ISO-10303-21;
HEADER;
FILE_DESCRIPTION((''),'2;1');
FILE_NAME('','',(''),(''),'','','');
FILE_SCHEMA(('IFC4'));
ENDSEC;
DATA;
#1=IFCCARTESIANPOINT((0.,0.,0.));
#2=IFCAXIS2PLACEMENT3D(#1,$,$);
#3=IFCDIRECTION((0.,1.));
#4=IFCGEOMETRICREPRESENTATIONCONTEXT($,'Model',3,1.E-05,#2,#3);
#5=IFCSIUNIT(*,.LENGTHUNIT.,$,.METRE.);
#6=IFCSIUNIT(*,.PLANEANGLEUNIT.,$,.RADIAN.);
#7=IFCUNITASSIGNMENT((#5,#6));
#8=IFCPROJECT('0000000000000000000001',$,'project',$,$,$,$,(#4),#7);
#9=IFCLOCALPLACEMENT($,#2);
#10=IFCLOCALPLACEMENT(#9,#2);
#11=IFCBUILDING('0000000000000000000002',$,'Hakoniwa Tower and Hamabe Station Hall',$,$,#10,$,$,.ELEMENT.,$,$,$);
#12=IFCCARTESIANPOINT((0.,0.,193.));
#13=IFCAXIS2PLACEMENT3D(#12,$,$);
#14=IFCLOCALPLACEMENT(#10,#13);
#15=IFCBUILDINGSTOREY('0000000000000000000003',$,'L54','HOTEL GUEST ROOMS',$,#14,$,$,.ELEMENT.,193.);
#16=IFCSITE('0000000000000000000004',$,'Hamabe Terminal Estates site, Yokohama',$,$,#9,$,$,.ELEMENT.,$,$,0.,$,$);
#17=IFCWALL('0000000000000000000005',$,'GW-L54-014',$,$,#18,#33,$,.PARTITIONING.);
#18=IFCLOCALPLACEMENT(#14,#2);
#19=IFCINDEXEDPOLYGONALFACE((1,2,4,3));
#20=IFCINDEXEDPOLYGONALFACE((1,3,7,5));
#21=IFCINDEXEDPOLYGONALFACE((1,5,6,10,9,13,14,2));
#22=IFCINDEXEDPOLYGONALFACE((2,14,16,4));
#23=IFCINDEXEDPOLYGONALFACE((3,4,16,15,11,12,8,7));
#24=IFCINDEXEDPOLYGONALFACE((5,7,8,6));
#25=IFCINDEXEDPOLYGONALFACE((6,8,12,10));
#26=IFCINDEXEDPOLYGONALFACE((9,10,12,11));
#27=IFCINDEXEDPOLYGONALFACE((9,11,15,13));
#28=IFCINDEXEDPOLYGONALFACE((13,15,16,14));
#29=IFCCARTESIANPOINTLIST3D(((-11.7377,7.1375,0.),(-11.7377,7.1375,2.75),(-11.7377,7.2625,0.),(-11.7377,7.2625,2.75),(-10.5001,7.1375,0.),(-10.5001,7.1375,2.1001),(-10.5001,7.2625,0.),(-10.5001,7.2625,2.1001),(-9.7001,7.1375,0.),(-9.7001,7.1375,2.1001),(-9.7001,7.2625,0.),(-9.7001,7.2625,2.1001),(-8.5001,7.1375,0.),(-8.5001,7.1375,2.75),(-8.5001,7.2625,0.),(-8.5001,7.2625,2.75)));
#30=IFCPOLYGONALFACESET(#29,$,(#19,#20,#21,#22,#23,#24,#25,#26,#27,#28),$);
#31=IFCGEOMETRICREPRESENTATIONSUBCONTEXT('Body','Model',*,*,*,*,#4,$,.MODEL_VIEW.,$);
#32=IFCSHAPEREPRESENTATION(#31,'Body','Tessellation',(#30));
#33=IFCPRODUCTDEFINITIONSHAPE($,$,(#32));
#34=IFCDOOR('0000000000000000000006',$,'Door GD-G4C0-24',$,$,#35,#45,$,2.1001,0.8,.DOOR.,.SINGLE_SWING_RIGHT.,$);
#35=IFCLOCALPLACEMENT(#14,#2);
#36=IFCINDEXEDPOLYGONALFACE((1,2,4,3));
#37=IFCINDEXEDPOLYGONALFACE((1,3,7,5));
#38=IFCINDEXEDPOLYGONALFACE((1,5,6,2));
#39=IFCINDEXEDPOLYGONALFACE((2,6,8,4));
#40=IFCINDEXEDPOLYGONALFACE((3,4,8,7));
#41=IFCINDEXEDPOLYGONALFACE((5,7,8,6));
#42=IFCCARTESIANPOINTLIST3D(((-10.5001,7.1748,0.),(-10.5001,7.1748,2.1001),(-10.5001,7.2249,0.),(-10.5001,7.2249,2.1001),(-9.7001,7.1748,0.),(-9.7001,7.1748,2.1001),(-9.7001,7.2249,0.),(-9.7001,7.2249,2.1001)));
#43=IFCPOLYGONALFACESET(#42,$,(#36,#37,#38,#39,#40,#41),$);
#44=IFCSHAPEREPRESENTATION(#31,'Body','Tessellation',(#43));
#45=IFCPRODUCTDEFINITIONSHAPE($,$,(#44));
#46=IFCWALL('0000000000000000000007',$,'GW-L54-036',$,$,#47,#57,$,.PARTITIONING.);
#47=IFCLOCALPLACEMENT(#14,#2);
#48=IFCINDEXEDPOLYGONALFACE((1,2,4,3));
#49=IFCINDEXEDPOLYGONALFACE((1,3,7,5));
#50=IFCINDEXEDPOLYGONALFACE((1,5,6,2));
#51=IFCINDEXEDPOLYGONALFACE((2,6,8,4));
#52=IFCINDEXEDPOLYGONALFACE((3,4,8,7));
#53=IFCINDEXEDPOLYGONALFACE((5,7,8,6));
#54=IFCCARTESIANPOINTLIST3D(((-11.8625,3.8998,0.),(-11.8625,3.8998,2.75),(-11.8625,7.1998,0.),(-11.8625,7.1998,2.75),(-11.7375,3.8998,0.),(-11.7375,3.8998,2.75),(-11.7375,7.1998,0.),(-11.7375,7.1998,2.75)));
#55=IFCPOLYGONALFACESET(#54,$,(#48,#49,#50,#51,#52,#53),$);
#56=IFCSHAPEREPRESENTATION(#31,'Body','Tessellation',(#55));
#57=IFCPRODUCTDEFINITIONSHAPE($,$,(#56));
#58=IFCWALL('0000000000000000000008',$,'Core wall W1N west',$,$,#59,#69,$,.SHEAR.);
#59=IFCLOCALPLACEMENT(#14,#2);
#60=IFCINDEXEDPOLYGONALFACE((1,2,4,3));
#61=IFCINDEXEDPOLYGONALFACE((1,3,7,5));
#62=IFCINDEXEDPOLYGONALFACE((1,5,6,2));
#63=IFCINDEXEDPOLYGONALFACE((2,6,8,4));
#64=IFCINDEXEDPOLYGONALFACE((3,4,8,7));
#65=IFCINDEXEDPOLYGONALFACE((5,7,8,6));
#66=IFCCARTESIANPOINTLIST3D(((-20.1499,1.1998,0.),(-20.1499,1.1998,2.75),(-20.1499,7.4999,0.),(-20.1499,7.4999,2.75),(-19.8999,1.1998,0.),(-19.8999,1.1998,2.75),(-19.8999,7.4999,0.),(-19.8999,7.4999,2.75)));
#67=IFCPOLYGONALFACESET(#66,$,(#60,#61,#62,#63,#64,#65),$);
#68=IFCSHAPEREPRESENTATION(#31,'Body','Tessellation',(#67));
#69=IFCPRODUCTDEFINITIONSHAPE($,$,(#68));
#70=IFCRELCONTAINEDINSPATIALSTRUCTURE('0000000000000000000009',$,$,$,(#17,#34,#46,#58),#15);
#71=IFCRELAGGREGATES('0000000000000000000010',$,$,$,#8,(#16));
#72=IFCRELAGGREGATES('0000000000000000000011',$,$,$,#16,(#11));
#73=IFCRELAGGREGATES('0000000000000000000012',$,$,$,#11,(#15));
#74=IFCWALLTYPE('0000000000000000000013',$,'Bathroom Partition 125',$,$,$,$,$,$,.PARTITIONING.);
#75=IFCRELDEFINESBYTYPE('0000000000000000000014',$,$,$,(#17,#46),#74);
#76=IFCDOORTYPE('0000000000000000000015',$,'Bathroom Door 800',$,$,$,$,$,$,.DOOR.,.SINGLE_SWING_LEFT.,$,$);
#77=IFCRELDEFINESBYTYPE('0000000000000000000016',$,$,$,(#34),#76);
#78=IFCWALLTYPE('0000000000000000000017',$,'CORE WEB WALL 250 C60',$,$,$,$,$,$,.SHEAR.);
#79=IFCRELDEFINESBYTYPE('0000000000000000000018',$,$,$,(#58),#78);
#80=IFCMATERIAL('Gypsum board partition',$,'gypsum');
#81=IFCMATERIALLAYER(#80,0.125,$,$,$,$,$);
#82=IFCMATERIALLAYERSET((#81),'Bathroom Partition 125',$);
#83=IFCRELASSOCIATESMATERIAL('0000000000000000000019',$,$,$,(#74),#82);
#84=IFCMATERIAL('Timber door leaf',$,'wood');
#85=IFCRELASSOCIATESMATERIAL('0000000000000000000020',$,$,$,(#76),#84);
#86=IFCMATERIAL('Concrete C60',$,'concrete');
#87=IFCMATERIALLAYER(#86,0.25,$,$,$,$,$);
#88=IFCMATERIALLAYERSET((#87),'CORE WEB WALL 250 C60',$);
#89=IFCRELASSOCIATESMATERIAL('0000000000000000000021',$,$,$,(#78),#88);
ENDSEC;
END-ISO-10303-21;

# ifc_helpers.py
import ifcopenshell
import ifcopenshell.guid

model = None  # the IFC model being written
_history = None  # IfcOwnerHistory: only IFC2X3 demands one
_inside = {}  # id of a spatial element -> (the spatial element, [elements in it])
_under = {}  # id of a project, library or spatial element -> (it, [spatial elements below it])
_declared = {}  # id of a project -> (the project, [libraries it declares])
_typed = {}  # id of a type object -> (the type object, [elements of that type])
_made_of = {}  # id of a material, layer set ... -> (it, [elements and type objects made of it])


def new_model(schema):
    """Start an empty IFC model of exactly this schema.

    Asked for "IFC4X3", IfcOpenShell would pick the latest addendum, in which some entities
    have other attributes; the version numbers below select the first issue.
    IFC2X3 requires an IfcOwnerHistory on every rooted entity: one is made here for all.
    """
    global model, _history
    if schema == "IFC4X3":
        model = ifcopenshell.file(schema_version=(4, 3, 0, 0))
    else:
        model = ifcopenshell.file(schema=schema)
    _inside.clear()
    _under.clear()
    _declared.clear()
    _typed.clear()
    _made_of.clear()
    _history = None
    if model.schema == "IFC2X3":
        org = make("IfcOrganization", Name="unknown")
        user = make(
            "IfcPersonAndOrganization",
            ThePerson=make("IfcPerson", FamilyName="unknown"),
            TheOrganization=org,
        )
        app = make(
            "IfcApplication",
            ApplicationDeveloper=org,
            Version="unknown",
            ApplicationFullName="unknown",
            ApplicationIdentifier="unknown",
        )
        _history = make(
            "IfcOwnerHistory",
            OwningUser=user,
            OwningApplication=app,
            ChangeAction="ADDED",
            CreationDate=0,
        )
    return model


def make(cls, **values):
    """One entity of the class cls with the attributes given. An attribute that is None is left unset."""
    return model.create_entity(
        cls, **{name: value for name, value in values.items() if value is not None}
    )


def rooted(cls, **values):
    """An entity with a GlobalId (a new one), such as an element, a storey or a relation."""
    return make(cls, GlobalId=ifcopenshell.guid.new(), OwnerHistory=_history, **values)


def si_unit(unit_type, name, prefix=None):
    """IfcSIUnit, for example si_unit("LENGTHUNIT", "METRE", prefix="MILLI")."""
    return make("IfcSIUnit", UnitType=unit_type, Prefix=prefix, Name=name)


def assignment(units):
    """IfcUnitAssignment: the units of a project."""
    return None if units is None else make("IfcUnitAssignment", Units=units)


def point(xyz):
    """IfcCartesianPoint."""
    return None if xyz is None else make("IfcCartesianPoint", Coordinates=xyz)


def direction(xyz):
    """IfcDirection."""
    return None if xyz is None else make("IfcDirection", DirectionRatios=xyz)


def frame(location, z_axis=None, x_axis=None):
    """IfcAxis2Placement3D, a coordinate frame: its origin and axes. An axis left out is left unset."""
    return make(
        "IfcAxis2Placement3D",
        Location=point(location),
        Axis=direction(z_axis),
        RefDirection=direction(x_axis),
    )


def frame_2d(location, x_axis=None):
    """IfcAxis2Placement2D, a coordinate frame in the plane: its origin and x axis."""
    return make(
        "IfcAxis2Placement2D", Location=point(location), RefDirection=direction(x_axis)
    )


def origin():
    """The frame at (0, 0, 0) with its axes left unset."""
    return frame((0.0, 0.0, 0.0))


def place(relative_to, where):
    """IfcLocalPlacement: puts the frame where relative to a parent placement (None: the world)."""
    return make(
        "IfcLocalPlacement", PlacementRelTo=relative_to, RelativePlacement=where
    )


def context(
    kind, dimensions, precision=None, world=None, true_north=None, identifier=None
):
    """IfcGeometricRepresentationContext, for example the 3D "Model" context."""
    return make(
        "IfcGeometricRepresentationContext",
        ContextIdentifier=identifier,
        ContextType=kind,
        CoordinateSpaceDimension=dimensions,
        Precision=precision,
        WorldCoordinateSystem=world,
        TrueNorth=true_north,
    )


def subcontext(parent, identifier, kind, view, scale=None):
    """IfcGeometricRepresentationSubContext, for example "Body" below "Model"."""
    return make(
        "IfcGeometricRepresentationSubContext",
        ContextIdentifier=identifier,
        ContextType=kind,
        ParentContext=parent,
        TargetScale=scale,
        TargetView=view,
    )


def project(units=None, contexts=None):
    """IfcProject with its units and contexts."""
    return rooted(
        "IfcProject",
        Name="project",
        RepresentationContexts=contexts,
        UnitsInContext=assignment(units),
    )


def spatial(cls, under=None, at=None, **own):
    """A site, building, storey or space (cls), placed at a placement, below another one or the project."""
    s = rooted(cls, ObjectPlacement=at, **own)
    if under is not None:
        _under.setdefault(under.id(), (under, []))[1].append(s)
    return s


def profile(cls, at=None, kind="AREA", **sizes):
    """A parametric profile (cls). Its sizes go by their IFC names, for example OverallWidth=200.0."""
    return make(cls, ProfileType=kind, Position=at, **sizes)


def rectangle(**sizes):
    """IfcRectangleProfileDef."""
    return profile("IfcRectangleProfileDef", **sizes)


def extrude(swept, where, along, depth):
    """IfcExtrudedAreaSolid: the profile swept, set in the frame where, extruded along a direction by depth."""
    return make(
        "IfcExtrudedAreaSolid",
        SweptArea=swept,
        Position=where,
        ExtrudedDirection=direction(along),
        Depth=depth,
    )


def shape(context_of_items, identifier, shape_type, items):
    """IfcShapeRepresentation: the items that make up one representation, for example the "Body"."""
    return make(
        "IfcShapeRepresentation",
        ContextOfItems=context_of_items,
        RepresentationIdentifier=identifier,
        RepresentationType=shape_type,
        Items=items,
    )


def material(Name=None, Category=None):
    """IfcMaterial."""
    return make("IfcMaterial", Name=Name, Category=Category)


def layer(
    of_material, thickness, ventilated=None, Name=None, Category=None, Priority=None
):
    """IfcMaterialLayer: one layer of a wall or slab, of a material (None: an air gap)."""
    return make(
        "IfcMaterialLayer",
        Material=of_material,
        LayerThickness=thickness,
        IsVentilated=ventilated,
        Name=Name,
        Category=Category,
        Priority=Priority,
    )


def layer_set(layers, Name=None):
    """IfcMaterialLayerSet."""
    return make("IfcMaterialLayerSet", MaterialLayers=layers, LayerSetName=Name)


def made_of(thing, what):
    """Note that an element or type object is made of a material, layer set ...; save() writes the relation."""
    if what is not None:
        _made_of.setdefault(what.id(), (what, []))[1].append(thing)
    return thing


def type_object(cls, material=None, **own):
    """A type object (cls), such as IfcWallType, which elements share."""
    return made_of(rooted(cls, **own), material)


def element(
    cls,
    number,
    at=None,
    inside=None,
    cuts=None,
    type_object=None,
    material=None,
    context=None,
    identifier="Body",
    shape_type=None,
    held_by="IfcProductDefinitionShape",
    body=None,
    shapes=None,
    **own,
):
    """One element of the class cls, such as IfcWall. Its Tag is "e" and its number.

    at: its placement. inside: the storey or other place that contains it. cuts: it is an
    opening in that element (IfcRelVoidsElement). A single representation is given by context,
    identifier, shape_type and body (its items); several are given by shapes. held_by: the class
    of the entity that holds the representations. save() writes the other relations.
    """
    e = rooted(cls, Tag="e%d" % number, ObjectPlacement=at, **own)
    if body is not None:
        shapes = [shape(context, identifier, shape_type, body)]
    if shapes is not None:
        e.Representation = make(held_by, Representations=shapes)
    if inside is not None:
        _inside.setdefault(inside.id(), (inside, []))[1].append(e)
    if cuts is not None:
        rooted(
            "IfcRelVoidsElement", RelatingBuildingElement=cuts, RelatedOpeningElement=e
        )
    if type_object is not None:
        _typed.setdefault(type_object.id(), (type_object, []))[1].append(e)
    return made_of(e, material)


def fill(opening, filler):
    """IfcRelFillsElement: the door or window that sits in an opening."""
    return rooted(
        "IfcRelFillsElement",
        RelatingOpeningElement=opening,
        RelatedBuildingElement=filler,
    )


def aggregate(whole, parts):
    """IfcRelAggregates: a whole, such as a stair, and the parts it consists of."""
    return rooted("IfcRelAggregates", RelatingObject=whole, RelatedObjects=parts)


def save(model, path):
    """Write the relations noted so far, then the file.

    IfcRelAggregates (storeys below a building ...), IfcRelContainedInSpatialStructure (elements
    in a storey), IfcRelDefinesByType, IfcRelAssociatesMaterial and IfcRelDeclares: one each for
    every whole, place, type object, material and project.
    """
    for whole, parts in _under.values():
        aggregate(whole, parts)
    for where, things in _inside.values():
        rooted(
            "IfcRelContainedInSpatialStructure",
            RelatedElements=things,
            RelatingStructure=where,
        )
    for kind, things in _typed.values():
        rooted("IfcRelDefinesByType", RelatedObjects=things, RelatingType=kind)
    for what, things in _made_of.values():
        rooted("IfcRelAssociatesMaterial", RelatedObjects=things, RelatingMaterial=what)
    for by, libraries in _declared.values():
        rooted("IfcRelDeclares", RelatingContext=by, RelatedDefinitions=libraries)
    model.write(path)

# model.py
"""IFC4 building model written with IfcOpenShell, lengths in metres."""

from ifc_helpers import new_model, si_unit, direction, frame, frame_2d, origin, place, context, subcontext, project, spatial, rectangle, extrude, material, layer, layer_set, type_object, element, fill, save


model = new_model("IFC4")

# Units and contexts
model_context = context("Model", 3, precision=1e-05, world=origin(), true_north=direction((0.0, 1.0)))
body_context = subcontext(model_context, "Body", "Model", "MODEL_VIEW")
ifc_project = project(units=[si_unit("LENGTHUNIT", "METRE"), si_unit("PLANEANGLEUNIT", "RADIAN")], contexts=[model_context])

# Site, building, storey
site_placement = place(None, origin())
site = spatial("IfcSite", under=ifc_project, at=site_placement, Name="Hamabe Terminal Estates site, Yokohama", CompositionType="ELEMENT", RefElevation=0.0)
building_placement = place(site_placement, origin())
building = spatial("IfcBuilding", under=site, at=building_placement, Name="Hakoniwa Tower and Hamabe Station Hall", CompositionType="ELEMENT")
storey_placement = place(building_placement, frame((0.0, 0.0, 193.0)))
storey = spatial("IfcBuildingStorey", under=building, at=storey_placement, Name="L54", Description="HOTEL GUEST ROOMS", CompositionType="ELEMENT", Elevation=193.0)

# Wall, opening, door
ifc_material_1 = material(Name="Gypsum board partition", Category="gypsum")
ifc_layer_1 = layer(ifc_material_1, 0.125)
ifc_layer_set_1 = layer_set([ifc_layer_1], Name="Bathroom Partition 125")
wall_type_1 = type_object("IfcWallType", Name="Bathroom Partition 125", PredefinedType="PARTITIONING", material=ifc_layer_set_1)
wall_1_placement = place(storey_placement, frame((-11.7375, 7.2, 0.0), z_axis=(0.0, 0.0, 1.0), x_axis=(1.0, 0.0, 0.0)))
wall_1 = element("IfcWall", 1, at=wall_1_placement, inside=storey, type_object=wall_type_1, Name="GW-L54-014", PredefinedType="PARTITIONING", context=body_context, shape_type="SweptSolid", body=[
    extrude(rectangle(XDim=3.2375, YDim=0.125, at=frame_2d((1.6187, 0.0))), origin(), (0.0, 0.0, 1.0), 2.75),
])
opening_1_placement = place(wall_1_placement, frame((1.2375, 0.0, 0.0)))
opening_1 = element("IfcOpeningElement", 2, at=opening_1_placement, cuts=wall_1, PredefinedType="OPENING", context=body_context, shape_type="SweptSolid", body=[
    extrude(rectangle(XDim=0.8, YDim=2.1001, at=frame_2d((0.3999, 1.05))), frame((0.0, 0.0725, 0.0), z_axis=(0.0, -1.0, 0.0), x_axis=(1.0, 0.0, 0.0)), (0.0, 0.0, 1.0), 0.145),
])
ifc_material_2 = material(Name="Timber door leaf", Category="wood")
door_type_1 = type_object("IfcDoorType", Name="Bathroom Door 800", OperationType="SINGLE_SWING_LEFT", PredefinedType="DOOR", material=ifc_material_2)
door_1_placement = place(opening_1_placement, origin())
door_1 = element("IfcDoor", 3, at=door_1_placement, inside=storey, type_object=door_type_1, Name="Door GD-G4C0-24", OperationType="SINGLE_SWING_RIGHT", OverallHeight=2.1001, OverallWidth=0.8, PredefinedType="DOOR", context=body_context, shape_type="SweptSolid", body=[
    extrude(rectangle(XDim=0.8, YDim=2.1001, at=frame_2d((0.3999, 1.05))), frame((0.0, 0.0249, 0.0), z_axis=(0.0, -1.0, 0.0), x_axis=(1.0, 0.0, 0.0)), (0.0, 0.0, 1.0), 0.05),
])
fill(opening_1, door_1)

# Walls
wall_2_placement = place(storey_placement, frame((-11.8, 3.8999, 0.0), z_axis=(0.0, 0.0, 1.0), x_axis=(0.0, 1.0, 0.0)))
element("IfcWall", 4, at=wall_2_placement, inside=storey, type_object=wall_type_1, Name="GW-L54-036", PredefinedType="PARTITIONING", context=body_context, shape_type="SweptSolid", body=[
    extrude(rectangle(XDim=3.3, YDim=0.125, at=frame_2d((1.6499, 0.0))), origin(), (0.0, 0.0, 1.0), 2.75),
])
ifc_material_3 = material(Name="Concrete C60", Category="concrete")
ifc_layer_2 = layer(ifc_material_3, 0.25)
ifc_layer_set_2 = layer_set([ifc_layer_2], Name="CORE WEB WALL 250 C60")
wall_type_2 = type_object("IfcWallType", Name="CORE WEB WALL 250 C60", PredefinedType="SHEAR", material=ifc_layer_set_2)
wall_3_placement = place(storey_placement, frame((-20.0249, 1.2, 0.0), z_axis=(0.0, 0.0, 1.0), x_axis=(0.0, 1.0, 0.0)))
element("IfcWall", 5, at=wall_3_placement, inside=storey, type_object=wall_type_2, Name="Core wall W1N west", PredefinedType="SHEAR", context=body_context, shape_type="SweptSolid", body=[
    extrude(rectangle(XDim=6.3, YDim=0.25, at=frame_2d((3.1499, 0.0))), origin(), (0.0, 0.0, 1.0), 2.75),
])

save(model, "model.ifc")
